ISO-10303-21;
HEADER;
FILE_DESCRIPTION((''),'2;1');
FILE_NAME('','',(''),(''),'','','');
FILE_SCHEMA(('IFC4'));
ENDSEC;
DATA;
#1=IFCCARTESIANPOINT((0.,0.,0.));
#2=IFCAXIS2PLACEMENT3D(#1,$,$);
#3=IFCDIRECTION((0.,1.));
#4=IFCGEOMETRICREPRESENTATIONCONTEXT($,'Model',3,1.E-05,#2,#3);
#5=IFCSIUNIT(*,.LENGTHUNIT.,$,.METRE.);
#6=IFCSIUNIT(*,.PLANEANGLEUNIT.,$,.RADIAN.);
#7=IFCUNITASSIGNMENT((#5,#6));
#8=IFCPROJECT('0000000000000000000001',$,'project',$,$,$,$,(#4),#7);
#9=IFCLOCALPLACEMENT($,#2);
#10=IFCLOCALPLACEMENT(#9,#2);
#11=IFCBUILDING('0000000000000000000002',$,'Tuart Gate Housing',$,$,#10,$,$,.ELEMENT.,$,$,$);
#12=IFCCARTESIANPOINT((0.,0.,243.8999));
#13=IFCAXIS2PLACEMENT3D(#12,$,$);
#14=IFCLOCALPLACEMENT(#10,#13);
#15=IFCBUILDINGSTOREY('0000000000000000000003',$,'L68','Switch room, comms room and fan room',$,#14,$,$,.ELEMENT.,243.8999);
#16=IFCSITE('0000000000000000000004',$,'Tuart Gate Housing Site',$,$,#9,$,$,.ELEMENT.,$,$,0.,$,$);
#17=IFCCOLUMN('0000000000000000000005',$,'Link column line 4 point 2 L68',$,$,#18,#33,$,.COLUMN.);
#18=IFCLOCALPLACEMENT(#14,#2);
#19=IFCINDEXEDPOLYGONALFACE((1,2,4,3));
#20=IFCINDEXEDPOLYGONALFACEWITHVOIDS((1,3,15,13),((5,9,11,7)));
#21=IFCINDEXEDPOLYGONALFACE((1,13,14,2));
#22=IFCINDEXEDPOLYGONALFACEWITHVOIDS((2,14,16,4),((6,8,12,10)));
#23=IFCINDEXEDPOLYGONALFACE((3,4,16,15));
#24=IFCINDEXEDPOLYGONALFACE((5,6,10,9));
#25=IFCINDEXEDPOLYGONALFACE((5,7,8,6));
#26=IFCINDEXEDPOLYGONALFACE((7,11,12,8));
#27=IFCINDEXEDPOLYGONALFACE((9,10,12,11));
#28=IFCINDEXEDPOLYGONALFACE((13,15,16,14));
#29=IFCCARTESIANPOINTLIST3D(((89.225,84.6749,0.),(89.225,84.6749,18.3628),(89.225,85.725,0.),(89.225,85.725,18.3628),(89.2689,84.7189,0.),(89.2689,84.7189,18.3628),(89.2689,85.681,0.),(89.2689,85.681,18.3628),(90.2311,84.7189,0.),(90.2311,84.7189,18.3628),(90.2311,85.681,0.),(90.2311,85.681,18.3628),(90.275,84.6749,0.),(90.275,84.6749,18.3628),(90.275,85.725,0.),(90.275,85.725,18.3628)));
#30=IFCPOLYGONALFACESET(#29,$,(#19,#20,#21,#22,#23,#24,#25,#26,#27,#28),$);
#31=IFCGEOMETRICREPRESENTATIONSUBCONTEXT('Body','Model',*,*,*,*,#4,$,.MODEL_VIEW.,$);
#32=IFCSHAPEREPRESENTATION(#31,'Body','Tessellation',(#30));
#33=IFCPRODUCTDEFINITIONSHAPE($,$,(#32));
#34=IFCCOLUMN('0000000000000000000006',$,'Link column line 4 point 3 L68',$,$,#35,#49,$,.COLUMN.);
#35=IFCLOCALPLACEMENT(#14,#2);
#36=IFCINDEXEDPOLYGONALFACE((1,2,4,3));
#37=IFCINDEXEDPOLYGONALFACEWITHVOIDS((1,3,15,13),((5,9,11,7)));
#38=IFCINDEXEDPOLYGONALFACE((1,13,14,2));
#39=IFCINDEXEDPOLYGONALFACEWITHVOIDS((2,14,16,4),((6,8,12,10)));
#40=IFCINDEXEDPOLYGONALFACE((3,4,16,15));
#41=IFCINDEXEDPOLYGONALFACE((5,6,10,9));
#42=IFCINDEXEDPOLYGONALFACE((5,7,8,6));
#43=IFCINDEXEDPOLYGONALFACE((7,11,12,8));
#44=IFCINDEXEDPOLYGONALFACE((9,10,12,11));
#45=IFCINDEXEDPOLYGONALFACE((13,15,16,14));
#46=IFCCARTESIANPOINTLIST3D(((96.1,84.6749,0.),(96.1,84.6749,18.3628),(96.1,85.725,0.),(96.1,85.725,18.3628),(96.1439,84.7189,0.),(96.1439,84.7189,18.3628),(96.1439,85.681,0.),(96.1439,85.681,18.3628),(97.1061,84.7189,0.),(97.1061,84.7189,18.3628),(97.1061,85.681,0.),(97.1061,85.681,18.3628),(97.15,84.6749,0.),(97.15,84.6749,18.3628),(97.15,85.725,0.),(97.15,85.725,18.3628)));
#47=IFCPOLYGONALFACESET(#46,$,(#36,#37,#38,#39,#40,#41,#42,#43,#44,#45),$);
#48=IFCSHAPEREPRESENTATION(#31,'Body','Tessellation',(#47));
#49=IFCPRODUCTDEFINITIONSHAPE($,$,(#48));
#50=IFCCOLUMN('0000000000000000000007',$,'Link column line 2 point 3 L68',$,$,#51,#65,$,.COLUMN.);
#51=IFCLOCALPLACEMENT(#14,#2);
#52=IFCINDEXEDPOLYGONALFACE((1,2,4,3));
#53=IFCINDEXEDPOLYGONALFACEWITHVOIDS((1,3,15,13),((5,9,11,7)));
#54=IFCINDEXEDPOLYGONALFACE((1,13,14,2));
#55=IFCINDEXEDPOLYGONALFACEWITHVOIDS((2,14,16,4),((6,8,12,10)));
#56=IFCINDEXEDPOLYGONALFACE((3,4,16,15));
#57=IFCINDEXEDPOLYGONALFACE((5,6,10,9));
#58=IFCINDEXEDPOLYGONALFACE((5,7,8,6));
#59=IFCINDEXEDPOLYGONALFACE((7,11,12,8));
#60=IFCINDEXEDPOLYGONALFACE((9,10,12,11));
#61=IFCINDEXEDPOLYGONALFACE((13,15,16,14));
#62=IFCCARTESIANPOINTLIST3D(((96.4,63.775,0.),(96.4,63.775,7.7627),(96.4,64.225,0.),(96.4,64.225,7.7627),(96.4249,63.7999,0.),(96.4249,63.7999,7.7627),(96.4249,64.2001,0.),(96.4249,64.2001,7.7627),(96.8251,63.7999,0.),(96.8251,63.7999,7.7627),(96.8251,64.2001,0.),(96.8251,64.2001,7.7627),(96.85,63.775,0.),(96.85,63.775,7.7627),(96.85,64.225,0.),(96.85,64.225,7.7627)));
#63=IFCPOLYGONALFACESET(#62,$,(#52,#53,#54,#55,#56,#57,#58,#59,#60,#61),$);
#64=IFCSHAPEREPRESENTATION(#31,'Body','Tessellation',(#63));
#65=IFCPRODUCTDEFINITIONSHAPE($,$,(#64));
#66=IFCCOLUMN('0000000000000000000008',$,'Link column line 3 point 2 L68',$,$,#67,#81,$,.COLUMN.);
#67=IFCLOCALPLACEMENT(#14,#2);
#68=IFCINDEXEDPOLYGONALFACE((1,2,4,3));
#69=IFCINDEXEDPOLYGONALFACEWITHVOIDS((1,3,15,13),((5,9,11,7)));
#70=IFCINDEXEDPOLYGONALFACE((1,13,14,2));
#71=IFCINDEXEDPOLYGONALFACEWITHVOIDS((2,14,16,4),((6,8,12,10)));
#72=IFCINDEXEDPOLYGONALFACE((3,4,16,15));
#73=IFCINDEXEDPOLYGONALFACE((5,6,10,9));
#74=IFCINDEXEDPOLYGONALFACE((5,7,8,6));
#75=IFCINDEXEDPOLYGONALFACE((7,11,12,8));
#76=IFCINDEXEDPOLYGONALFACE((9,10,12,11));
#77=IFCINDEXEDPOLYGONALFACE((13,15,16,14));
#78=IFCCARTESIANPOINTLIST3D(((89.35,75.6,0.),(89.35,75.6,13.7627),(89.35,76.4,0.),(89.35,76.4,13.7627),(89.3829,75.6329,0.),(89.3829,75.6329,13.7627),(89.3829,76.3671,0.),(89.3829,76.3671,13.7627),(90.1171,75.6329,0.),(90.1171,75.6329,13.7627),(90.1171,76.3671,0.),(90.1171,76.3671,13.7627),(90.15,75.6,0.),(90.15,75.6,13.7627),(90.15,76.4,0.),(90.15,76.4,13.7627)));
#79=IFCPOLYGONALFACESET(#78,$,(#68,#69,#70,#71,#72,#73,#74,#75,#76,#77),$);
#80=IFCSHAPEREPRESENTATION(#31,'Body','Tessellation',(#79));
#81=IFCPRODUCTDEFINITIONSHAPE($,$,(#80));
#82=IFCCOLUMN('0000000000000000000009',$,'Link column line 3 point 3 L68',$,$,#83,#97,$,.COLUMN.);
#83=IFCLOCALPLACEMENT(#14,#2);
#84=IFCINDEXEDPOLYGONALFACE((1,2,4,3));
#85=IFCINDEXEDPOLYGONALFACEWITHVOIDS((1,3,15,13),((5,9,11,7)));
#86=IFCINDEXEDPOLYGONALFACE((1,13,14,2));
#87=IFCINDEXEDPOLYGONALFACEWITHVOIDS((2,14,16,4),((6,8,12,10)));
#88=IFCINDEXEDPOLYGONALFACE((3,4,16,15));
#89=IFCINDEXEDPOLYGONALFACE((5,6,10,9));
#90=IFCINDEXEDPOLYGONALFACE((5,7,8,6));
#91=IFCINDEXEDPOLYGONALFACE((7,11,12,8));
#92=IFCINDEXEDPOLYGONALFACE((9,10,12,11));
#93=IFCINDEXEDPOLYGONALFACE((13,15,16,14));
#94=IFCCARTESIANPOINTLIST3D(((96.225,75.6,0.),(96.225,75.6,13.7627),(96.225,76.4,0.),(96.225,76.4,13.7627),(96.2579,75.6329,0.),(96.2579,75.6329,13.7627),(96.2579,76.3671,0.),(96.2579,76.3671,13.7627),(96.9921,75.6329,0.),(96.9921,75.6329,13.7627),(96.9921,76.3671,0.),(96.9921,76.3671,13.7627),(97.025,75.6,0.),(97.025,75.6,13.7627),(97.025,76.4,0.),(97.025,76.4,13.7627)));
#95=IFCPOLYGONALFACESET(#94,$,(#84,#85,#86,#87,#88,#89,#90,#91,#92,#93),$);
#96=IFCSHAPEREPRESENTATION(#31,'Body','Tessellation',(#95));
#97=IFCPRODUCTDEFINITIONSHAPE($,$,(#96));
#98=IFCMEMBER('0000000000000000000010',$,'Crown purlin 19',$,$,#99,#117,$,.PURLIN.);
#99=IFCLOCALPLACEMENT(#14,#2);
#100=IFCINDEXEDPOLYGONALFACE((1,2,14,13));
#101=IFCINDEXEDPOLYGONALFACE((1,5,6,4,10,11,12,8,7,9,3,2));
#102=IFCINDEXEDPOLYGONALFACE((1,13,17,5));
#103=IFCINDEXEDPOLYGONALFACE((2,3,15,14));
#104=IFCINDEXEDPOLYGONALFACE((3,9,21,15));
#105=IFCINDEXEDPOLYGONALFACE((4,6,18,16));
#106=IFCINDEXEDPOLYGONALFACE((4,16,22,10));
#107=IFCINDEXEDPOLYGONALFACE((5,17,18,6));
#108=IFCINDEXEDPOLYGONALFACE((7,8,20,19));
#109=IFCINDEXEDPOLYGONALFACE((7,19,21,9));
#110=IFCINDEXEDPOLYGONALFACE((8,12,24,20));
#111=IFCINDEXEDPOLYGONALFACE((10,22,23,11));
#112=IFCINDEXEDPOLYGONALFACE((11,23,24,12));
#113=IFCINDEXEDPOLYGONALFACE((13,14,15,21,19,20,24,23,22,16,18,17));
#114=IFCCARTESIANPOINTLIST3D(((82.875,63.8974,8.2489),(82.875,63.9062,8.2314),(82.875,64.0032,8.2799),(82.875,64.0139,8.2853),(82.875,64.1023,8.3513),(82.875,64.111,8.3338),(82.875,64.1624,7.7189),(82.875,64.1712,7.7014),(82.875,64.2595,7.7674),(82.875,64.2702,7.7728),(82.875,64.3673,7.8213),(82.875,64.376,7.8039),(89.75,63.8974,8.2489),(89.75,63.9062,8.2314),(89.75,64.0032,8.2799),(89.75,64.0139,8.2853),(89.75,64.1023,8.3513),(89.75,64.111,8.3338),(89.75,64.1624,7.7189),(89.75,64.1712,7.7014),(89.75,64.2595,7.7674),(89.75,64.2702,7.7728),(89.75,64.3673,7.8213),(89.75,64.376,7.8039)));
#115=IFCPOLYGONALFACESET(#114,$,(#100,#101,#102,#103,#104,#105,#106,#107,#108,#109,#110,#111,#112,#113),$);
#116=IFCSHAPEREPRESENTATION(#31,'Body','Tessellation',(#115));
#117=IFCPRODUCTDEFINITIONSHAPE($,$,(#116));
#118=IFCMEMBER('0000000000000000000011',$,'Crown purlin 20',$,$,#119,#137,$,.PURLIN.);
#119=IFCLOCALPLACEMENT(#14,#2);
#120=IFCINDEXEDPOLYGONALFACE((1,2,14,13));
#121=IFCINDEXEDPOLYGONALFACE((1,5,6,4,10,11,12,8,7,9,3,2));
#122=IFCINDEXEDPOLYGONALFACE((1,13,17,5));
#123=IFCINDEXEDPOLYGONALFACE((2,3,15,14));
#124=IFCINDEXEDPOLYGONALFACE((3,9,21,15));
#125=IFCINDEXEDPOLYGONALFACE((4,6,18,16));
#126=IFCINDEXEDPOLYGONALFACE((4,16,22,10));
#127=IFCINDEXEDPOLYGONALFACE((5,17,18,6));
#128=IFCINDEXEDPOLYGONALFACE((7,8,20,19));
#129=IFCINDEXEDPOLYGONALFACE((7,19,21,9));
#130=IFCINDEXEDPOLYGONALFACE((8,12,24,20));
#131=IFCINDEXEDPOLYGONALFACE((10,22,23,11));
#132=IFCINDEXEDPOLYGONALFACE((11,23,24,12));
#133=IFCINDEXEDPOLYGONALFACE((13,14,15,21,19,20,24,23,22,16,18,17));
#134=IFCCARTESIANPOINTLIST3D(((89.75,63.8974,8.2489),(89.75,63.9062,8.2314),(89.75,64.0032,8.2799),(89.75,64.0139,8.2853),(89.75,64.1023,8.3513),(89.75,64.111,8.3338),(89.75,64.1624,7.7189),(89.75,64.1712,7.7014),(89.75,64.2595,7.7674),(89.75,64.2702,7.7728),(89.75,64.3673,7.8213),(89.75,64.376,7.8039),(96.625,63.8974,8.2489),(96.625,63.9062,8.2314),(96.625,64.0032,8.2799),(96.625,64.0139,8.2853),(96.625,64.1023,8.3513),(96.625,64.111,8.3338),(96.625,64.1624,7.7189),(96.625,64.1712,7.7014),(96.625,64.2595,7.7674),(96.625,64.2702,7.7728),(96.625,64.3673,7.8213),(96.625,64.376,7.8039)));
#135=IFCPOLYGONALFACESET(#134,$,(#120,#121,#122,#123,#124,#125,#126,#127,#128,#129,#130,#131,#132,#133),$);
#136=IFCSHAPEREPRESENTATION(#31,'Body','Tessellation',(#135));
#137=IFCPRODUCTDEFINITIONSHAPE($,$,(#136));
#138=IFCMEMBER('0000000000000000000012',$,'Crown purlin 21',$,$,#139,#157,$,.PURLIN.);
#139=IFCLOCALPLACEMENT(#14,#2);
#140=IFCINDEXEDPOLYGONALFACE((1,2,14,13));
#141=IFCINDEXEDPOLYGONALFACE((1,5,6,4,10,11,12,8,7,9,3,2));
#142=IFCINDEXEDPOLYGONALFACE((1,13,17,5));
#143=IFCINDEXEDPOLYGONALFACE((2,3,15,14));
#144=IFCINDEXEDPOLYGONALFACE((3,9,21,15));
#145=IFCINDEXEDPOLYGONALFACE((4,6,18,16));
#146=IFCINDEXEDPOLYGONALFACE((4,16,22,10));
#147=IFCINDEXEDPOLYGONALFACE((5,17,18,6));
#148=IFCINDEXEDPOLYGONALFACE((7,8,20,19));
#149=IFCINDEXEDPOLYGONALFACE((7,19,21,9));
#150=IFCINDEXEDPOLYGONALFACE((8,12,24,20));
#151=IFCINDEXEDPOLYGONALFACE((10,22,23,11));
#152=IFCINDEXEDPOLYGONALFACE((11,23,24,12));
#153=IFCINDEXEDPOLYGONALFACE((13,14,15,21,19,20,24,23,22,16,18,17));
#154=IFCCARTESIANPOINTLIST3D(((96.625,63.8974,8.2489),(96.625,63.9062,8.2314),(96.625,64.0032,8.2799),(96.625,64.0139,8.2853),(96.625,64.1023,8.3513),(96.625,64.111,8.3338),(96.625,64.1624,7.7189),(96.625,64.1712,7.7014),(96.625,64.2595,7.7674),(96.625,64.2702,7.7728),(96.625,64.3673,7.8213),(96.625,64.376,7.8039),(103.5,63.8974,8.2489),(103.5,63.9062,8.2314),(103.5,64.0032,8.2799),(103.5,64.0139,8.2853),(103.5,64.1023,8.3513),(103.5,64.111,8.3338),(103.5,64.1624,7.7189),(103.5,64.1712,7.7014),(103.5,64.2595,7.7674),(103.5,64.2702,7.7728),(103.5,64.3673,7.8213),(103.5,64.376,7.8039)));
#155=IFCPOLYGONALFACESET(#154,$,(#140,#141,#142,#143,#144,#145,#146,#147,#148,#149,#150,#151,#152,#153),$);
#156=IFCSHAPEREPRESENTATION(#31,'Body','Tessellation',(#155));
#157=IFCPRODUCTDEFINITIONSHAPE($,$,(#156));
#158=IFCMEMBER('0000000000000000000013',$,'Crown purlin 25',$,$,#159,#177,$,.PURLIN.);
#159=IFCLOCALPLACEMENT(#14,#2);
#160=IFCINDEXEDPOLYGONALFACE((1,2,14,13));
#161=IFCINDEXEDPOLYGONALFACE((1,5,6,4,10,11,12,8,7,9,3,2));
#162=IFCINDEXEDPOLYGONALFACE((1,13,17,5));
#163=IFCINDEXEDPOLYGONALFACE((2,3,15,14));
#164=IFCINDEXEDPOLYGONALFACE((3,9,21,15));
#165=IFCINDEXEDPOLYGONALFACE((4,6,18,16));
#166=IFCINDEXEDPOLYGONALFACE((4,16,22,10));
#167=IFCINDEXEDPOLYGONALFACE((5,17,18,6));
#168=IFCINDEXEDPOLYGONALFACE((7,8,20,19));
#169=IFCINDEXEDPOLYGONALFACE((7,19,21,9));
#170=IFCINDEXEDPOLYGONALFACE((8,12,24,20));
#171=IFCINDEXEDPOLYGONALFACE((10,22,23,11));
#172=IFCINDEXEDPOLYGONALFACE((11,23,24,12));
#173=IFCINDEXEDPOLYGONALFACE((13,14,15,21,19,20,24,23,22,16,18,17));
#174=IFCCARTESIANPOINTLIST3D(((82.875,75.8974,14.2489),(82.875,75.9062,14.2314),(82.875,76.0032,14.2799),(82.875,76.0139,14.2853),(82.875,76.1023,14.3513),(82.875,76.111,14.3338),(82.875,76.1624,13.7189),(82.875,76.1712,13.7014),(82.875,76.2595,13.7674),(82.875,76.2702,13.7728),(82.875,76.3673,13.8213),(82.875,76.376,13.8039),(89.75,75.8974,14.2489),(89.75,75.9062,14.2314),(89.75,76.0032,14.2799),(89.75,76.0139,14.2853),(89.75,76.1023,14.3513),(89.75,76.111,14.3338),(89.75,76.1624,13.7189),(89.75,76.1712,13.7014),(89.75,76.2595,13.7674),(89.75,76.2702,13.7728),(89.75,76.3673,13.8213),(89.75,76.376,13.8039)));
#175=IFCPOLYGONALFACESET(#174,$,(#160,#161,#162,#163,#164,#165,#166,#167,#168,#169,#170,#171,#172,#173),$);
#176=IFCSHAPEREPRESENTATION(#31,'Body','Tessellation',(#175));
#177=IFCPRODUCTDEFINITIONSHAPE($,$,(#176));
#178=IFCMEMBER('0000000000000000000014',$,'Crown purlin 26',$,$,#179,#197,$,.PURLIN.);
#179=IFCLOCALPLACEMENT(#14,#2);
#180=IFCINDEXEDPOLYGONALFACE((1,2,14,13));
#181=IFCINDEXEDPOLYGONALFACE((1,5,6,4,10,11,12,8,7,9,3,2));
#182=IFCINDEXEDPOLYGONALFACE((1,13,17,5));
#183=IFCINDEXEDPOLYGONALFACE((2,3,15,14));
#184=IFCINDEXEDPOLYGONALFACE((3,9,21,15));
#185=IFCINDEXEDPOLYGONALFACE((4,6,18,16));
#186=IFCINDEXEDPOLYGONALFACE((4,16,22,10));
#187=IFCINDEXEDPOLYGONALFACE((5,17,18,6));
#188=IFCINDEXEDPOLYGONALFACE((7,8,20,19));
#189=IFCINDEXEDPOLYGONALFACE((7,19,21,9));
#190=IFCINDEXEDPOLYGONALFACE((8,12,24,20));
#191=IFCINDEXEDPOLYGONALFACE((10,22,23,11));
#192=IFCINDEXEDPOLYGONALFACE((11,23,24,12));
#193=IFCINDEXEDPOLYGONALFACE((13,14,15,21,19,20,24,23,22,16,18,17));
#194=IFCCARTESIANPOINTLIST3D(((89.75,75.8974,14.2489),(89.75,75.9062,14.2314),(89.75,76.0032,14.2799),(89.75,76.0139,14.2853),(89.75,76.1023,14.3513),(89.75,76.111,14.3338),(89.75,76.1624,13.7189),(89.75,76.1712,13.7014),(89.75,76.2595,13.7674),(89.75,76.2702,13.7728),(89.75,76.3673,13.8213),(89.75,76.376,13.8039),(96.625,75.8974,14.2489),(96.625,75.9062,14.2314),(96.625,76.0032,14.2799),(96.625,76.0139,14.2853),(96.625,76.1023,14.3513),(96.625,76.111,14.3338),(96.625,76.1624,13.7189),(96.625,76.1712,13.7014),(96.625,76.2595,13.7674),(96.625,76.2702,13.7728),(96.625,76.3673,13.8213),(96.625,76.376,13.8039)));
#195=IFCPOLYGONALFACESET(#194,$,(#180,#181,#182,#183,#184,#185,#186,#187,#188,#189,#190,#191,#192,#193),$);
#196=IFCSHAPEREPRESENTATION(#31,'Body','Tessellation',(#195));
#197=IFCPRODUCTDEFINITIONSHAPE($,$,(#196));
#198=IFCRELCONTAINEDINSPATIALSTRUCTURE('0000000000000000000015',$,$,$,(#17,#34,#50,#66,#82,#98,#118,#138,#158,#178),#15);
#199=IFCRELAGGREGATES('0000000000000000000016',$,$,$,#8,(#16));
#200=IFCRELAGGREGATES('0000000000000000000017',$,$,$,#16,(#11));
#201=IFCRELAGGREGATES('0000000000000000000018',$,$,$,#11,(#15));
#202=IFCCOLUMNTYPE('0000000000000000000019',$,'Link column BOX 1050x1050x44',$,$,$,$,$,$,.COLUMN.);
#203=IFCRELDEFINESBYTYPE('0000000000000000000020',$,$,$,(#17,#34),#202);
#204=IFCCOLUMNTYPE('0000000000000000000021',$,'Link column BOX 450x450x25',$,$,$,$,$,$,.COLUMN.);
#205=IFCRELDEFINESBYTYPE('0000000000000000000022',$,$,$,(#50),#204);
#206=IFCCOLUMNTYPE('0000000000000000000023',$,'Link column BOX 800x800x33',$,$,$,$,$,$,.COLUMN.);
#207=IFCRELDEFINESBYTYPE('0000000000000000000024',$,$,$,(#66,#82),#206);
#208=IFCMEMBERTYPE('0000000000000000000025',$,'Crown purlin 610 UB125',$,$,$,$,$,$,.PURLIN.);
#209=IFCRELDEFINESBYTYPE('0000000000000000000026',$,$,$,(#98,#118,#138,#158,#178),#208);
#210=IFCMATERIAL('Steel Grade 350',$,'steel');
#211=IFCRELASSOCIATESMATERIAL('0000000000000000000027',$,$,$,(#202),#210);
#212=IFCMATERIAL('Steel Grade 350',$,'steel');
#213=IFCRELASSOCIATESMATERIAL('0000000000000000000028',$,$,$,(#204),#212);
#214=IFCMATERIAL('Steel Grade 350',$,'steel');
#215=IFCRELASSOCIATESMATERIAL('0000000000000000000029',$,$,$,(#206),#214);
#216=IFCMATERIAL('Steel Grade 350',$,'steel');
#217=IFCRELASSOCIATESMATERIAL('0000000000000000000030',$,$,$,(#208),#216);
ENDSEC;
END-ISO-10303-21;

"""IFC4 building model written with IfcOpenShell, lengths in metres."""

from ifc_helpers import new_model, si_unit, direction, frame, origin, origin_2d, place, context, subcontext, project, spatial, hollow_rectangle, i_section, extrude, material, material_profile, profile_set, type_object, element, save


model = new_model("IFC4")

# Units and contexts
model_context = context("Model", 3, precision=1e-05, world=origin(), true_north=direction((0.0, 1.0)))
body_context = subcontext(model_context, "Body", "Model", "MODEL_VIEW")
ifc_project = project(units=[si_unit("LENGTHUNIT", "METRE"), si_unit("PLANEANGLEUNIT", "RADIAN")], contexts=[model_context])

# Site, building, storey
site_placement = place(None, origin())
site = spatial("IfcSite", under=ifc_project, at=site_placement, Name="Tuart Gate Housing Site", CompositionType="ELEMENT", RefElevation=0.0)
building_placement = place(site_placement, origin())
building = spatial("IfcBuilding", under=site, at=building_placement, Name="Tuart Gate Housing", CompositionType="ELEMENT")
storey_placement = place(building_placement, frame((0.0, 0.0, 243.8999)))
storey = spatial("IfcBuildingStorey", under=building, at=storey_placement, Name="L68", Description="Switch room, comms room and fan room", CompositionType="ELEMENT", Elevation=243.8999)

# Columns
ifc_material_1 = material(Name="Steel Grade 350", Category="steel")
ifc_material_profile_1 = material_profile(ifc_material_1, hollow_rectangle(XDim=1.05, YDim=1.05, WallThickness=0.0439, at=origin_2d()), Name="BOX 1050x1050x44")
ifc_profile_set_1 = profile_set([ifc_material_profile_1], Name="Steel Grade 350")
column_type_1 = type_object("IfcColumnType", Name="Link column BOX 1050x1050x44", PredefinedType="COLUMN", material=ifc_profile_set_1)
for number, where, z_axis, x_axis, name in (
    (1, (89.75, 85.2, 0.0), (0.0, 0.0, 1.0), (1.0, 0.0, 0.0), "Link column line 4 point 2 L68"),
    (2, (96.625, 85.2, 0.0), (0.0, 0.0, 1.0), (1.0, 0.0, 0.0), "Link column line 4 point 3 L68"),
):
    element("IfcColumn", number, at=place(storey_placement, frame(where, z_axis=z_axis, x_axis=x_axis)), inside=storey, type_object=column_type_1, Name=name, PredefinedType="COLUMN", context=body_context, shape_type="SweptSolid", body=[
        extrude(hollow_rectangle(XDim=1.05, YDim=1.05, WallThickness=0.0439, at=origin_2d()), origin(), (0.0, 0.0, 1.0), 18.3628),
    ])
ifc_material_2 = material(Name="Steel Grade 350", Category="steel")
ifc_material_profile_2 = material_profile(ifc_material_2, hollow_rectangle(XDim=0.45, YDim=0.45, WallThickness=0.0249, at=origin_2d()), Name="BOX 450x450x25")
ifc_profile_set_2 = profile_set([ifc_material_profile_2], Name="Steel Grade 350")
column_type_2 = type_object("IfcColumnType", Name="Link column BOX 450x450x25", PredefinedType="COLUMN", material=ifc_profile_set_2)
column_placement = place(storey_placement, frame((96.625, 64.0, 0.0), z_axis=(0.0, 0.0, 1.0), x_axis=(1.0, 0.0, 0.0)))
element("IfcColumn", 3, at=column_placement, inside=storey, type_object=column_type_2, Name="Link column line 2 point 3 L68", PredefinedType="COLUMN", context=body_context, shape_type="SweptSolid", body=[
    extrude(hollow_rectangle(XDim=0.45, YDim=0.45, WallThickness=0.0249, at=origin_2d()), origin(), (0.0, 0.0, 1.0), 7.7627),
])
ifc_material_3 = material(Name="Steel Grade 350", Category="steel")
ifc_material_profile_3 = material_profile(ifc_material_3, hollow_rectangle(XDim=0.8, YDim=0.8, WallThickness=0.033, at=origin_2d()), Name="BOX 800x800x33")
ifc_profile_set_3 = profile_set([ifc_material_profile_3], Name="Steel Grade 350")
column_type_3 = type_object("IfcColumnType", Name="Link column BOX 800x800x33", PredefinedType="COLUMN", material=ifc_profile_set_3)
for number, where, z_axis, x_axis, name in (
    (4, (89.75, 76.0, 0.0), (0.0, 0.0, 1.0), (1.0, 0.0, 0.0), "Link column line 3 point 2 L68"),
    (5, (96.625, 76.0, 0.0), (0.0, 0.0, 1.0), (1.0, 0.0, 0.0), "Link column line 3 point 3 L68"),
):
    element("IfcColumn", number, at=place(storey_placement, frame(where, z_axis=z_axis, x_axis=x_axis)), inside=storey, type_object=column_type_3, Name=name, PredefinedType="COLUMN", context=body_context, shape_type="SweptSolid", body=[
        extrude(hollow_rectangle(XDim=0.8, YDim=0.8, WallThickness=0.033, at=origin_2d()), origin(), (0.0, 0.0, 1.0), 13.7627),
    ])

# Members
ifc_material_4 = material(Name="Steel Grade 350", Category="steel")
ifc_material_profile_4 = material_profile(ifc_material_4, i_section(OverallWidth=0.229, OverallDepth=0.6121, WebThickness=0.012, FlangeThickness=0.0195, at=origin_2d()), Name="610UB125")
ifc_profile_set_4 = profile_set([ifc_material_profile_4], Name="Steel Grade 350")
member_type_1 = type_object("IfcMemberType", Name="Crown purlin 610 UB125", PredefinedType="PURLIN", material=ifc_profile_set_4)
for number, where, z_axis, x_axis, name in (
    (6, (82.875, 64.1367, 8.0264), (1.0, 0.0, 0.0), (0.0, 0.894427, 0.447214), "Crown purlin 19"),
    (7, (89.75, 64.1367, 8.0264), (1.0, 0.0, 0.0), (0.0, 0.894427, 0.447214), "Crown purlin 20"),
    (8, (96.625, 64.1367, 8.0264), (1.0, 0.0, 0.0), (0.0, 0.894427, 0.447214), "Crown purlin 21"),
    (9, (82.875, 76.1367, 14.0264), (1.0, 0.0, 0.0), (0.0, 0.894427, 0.447214), "Crown purlin 25"),
    (10, (89.75, 76.1367, 14.0264), (1.0, 0.0, 0.0), (0.0, 0.894427, 0.447214), "Crown purlin 26"),
):
    element("IfcMember", number, at=place(storey_placement, frame(where, z_axis=z_axis, x_axis=x_axis)), inside=storey, type_object=member_type_1, Name=name, PredefinedType="PURLIN", context=body_context, shape_type="SweptSolid", body=[
        extrude(i_section(OverallWidth=0.229, OverallDepth=0.6121, WebThickness=0.012, FlangeThickness=0.0195, at=origin_2d()), origin(), (0.0, 0.0, 1.0), 6.875),
    ])

save(model, "model.ifc")
